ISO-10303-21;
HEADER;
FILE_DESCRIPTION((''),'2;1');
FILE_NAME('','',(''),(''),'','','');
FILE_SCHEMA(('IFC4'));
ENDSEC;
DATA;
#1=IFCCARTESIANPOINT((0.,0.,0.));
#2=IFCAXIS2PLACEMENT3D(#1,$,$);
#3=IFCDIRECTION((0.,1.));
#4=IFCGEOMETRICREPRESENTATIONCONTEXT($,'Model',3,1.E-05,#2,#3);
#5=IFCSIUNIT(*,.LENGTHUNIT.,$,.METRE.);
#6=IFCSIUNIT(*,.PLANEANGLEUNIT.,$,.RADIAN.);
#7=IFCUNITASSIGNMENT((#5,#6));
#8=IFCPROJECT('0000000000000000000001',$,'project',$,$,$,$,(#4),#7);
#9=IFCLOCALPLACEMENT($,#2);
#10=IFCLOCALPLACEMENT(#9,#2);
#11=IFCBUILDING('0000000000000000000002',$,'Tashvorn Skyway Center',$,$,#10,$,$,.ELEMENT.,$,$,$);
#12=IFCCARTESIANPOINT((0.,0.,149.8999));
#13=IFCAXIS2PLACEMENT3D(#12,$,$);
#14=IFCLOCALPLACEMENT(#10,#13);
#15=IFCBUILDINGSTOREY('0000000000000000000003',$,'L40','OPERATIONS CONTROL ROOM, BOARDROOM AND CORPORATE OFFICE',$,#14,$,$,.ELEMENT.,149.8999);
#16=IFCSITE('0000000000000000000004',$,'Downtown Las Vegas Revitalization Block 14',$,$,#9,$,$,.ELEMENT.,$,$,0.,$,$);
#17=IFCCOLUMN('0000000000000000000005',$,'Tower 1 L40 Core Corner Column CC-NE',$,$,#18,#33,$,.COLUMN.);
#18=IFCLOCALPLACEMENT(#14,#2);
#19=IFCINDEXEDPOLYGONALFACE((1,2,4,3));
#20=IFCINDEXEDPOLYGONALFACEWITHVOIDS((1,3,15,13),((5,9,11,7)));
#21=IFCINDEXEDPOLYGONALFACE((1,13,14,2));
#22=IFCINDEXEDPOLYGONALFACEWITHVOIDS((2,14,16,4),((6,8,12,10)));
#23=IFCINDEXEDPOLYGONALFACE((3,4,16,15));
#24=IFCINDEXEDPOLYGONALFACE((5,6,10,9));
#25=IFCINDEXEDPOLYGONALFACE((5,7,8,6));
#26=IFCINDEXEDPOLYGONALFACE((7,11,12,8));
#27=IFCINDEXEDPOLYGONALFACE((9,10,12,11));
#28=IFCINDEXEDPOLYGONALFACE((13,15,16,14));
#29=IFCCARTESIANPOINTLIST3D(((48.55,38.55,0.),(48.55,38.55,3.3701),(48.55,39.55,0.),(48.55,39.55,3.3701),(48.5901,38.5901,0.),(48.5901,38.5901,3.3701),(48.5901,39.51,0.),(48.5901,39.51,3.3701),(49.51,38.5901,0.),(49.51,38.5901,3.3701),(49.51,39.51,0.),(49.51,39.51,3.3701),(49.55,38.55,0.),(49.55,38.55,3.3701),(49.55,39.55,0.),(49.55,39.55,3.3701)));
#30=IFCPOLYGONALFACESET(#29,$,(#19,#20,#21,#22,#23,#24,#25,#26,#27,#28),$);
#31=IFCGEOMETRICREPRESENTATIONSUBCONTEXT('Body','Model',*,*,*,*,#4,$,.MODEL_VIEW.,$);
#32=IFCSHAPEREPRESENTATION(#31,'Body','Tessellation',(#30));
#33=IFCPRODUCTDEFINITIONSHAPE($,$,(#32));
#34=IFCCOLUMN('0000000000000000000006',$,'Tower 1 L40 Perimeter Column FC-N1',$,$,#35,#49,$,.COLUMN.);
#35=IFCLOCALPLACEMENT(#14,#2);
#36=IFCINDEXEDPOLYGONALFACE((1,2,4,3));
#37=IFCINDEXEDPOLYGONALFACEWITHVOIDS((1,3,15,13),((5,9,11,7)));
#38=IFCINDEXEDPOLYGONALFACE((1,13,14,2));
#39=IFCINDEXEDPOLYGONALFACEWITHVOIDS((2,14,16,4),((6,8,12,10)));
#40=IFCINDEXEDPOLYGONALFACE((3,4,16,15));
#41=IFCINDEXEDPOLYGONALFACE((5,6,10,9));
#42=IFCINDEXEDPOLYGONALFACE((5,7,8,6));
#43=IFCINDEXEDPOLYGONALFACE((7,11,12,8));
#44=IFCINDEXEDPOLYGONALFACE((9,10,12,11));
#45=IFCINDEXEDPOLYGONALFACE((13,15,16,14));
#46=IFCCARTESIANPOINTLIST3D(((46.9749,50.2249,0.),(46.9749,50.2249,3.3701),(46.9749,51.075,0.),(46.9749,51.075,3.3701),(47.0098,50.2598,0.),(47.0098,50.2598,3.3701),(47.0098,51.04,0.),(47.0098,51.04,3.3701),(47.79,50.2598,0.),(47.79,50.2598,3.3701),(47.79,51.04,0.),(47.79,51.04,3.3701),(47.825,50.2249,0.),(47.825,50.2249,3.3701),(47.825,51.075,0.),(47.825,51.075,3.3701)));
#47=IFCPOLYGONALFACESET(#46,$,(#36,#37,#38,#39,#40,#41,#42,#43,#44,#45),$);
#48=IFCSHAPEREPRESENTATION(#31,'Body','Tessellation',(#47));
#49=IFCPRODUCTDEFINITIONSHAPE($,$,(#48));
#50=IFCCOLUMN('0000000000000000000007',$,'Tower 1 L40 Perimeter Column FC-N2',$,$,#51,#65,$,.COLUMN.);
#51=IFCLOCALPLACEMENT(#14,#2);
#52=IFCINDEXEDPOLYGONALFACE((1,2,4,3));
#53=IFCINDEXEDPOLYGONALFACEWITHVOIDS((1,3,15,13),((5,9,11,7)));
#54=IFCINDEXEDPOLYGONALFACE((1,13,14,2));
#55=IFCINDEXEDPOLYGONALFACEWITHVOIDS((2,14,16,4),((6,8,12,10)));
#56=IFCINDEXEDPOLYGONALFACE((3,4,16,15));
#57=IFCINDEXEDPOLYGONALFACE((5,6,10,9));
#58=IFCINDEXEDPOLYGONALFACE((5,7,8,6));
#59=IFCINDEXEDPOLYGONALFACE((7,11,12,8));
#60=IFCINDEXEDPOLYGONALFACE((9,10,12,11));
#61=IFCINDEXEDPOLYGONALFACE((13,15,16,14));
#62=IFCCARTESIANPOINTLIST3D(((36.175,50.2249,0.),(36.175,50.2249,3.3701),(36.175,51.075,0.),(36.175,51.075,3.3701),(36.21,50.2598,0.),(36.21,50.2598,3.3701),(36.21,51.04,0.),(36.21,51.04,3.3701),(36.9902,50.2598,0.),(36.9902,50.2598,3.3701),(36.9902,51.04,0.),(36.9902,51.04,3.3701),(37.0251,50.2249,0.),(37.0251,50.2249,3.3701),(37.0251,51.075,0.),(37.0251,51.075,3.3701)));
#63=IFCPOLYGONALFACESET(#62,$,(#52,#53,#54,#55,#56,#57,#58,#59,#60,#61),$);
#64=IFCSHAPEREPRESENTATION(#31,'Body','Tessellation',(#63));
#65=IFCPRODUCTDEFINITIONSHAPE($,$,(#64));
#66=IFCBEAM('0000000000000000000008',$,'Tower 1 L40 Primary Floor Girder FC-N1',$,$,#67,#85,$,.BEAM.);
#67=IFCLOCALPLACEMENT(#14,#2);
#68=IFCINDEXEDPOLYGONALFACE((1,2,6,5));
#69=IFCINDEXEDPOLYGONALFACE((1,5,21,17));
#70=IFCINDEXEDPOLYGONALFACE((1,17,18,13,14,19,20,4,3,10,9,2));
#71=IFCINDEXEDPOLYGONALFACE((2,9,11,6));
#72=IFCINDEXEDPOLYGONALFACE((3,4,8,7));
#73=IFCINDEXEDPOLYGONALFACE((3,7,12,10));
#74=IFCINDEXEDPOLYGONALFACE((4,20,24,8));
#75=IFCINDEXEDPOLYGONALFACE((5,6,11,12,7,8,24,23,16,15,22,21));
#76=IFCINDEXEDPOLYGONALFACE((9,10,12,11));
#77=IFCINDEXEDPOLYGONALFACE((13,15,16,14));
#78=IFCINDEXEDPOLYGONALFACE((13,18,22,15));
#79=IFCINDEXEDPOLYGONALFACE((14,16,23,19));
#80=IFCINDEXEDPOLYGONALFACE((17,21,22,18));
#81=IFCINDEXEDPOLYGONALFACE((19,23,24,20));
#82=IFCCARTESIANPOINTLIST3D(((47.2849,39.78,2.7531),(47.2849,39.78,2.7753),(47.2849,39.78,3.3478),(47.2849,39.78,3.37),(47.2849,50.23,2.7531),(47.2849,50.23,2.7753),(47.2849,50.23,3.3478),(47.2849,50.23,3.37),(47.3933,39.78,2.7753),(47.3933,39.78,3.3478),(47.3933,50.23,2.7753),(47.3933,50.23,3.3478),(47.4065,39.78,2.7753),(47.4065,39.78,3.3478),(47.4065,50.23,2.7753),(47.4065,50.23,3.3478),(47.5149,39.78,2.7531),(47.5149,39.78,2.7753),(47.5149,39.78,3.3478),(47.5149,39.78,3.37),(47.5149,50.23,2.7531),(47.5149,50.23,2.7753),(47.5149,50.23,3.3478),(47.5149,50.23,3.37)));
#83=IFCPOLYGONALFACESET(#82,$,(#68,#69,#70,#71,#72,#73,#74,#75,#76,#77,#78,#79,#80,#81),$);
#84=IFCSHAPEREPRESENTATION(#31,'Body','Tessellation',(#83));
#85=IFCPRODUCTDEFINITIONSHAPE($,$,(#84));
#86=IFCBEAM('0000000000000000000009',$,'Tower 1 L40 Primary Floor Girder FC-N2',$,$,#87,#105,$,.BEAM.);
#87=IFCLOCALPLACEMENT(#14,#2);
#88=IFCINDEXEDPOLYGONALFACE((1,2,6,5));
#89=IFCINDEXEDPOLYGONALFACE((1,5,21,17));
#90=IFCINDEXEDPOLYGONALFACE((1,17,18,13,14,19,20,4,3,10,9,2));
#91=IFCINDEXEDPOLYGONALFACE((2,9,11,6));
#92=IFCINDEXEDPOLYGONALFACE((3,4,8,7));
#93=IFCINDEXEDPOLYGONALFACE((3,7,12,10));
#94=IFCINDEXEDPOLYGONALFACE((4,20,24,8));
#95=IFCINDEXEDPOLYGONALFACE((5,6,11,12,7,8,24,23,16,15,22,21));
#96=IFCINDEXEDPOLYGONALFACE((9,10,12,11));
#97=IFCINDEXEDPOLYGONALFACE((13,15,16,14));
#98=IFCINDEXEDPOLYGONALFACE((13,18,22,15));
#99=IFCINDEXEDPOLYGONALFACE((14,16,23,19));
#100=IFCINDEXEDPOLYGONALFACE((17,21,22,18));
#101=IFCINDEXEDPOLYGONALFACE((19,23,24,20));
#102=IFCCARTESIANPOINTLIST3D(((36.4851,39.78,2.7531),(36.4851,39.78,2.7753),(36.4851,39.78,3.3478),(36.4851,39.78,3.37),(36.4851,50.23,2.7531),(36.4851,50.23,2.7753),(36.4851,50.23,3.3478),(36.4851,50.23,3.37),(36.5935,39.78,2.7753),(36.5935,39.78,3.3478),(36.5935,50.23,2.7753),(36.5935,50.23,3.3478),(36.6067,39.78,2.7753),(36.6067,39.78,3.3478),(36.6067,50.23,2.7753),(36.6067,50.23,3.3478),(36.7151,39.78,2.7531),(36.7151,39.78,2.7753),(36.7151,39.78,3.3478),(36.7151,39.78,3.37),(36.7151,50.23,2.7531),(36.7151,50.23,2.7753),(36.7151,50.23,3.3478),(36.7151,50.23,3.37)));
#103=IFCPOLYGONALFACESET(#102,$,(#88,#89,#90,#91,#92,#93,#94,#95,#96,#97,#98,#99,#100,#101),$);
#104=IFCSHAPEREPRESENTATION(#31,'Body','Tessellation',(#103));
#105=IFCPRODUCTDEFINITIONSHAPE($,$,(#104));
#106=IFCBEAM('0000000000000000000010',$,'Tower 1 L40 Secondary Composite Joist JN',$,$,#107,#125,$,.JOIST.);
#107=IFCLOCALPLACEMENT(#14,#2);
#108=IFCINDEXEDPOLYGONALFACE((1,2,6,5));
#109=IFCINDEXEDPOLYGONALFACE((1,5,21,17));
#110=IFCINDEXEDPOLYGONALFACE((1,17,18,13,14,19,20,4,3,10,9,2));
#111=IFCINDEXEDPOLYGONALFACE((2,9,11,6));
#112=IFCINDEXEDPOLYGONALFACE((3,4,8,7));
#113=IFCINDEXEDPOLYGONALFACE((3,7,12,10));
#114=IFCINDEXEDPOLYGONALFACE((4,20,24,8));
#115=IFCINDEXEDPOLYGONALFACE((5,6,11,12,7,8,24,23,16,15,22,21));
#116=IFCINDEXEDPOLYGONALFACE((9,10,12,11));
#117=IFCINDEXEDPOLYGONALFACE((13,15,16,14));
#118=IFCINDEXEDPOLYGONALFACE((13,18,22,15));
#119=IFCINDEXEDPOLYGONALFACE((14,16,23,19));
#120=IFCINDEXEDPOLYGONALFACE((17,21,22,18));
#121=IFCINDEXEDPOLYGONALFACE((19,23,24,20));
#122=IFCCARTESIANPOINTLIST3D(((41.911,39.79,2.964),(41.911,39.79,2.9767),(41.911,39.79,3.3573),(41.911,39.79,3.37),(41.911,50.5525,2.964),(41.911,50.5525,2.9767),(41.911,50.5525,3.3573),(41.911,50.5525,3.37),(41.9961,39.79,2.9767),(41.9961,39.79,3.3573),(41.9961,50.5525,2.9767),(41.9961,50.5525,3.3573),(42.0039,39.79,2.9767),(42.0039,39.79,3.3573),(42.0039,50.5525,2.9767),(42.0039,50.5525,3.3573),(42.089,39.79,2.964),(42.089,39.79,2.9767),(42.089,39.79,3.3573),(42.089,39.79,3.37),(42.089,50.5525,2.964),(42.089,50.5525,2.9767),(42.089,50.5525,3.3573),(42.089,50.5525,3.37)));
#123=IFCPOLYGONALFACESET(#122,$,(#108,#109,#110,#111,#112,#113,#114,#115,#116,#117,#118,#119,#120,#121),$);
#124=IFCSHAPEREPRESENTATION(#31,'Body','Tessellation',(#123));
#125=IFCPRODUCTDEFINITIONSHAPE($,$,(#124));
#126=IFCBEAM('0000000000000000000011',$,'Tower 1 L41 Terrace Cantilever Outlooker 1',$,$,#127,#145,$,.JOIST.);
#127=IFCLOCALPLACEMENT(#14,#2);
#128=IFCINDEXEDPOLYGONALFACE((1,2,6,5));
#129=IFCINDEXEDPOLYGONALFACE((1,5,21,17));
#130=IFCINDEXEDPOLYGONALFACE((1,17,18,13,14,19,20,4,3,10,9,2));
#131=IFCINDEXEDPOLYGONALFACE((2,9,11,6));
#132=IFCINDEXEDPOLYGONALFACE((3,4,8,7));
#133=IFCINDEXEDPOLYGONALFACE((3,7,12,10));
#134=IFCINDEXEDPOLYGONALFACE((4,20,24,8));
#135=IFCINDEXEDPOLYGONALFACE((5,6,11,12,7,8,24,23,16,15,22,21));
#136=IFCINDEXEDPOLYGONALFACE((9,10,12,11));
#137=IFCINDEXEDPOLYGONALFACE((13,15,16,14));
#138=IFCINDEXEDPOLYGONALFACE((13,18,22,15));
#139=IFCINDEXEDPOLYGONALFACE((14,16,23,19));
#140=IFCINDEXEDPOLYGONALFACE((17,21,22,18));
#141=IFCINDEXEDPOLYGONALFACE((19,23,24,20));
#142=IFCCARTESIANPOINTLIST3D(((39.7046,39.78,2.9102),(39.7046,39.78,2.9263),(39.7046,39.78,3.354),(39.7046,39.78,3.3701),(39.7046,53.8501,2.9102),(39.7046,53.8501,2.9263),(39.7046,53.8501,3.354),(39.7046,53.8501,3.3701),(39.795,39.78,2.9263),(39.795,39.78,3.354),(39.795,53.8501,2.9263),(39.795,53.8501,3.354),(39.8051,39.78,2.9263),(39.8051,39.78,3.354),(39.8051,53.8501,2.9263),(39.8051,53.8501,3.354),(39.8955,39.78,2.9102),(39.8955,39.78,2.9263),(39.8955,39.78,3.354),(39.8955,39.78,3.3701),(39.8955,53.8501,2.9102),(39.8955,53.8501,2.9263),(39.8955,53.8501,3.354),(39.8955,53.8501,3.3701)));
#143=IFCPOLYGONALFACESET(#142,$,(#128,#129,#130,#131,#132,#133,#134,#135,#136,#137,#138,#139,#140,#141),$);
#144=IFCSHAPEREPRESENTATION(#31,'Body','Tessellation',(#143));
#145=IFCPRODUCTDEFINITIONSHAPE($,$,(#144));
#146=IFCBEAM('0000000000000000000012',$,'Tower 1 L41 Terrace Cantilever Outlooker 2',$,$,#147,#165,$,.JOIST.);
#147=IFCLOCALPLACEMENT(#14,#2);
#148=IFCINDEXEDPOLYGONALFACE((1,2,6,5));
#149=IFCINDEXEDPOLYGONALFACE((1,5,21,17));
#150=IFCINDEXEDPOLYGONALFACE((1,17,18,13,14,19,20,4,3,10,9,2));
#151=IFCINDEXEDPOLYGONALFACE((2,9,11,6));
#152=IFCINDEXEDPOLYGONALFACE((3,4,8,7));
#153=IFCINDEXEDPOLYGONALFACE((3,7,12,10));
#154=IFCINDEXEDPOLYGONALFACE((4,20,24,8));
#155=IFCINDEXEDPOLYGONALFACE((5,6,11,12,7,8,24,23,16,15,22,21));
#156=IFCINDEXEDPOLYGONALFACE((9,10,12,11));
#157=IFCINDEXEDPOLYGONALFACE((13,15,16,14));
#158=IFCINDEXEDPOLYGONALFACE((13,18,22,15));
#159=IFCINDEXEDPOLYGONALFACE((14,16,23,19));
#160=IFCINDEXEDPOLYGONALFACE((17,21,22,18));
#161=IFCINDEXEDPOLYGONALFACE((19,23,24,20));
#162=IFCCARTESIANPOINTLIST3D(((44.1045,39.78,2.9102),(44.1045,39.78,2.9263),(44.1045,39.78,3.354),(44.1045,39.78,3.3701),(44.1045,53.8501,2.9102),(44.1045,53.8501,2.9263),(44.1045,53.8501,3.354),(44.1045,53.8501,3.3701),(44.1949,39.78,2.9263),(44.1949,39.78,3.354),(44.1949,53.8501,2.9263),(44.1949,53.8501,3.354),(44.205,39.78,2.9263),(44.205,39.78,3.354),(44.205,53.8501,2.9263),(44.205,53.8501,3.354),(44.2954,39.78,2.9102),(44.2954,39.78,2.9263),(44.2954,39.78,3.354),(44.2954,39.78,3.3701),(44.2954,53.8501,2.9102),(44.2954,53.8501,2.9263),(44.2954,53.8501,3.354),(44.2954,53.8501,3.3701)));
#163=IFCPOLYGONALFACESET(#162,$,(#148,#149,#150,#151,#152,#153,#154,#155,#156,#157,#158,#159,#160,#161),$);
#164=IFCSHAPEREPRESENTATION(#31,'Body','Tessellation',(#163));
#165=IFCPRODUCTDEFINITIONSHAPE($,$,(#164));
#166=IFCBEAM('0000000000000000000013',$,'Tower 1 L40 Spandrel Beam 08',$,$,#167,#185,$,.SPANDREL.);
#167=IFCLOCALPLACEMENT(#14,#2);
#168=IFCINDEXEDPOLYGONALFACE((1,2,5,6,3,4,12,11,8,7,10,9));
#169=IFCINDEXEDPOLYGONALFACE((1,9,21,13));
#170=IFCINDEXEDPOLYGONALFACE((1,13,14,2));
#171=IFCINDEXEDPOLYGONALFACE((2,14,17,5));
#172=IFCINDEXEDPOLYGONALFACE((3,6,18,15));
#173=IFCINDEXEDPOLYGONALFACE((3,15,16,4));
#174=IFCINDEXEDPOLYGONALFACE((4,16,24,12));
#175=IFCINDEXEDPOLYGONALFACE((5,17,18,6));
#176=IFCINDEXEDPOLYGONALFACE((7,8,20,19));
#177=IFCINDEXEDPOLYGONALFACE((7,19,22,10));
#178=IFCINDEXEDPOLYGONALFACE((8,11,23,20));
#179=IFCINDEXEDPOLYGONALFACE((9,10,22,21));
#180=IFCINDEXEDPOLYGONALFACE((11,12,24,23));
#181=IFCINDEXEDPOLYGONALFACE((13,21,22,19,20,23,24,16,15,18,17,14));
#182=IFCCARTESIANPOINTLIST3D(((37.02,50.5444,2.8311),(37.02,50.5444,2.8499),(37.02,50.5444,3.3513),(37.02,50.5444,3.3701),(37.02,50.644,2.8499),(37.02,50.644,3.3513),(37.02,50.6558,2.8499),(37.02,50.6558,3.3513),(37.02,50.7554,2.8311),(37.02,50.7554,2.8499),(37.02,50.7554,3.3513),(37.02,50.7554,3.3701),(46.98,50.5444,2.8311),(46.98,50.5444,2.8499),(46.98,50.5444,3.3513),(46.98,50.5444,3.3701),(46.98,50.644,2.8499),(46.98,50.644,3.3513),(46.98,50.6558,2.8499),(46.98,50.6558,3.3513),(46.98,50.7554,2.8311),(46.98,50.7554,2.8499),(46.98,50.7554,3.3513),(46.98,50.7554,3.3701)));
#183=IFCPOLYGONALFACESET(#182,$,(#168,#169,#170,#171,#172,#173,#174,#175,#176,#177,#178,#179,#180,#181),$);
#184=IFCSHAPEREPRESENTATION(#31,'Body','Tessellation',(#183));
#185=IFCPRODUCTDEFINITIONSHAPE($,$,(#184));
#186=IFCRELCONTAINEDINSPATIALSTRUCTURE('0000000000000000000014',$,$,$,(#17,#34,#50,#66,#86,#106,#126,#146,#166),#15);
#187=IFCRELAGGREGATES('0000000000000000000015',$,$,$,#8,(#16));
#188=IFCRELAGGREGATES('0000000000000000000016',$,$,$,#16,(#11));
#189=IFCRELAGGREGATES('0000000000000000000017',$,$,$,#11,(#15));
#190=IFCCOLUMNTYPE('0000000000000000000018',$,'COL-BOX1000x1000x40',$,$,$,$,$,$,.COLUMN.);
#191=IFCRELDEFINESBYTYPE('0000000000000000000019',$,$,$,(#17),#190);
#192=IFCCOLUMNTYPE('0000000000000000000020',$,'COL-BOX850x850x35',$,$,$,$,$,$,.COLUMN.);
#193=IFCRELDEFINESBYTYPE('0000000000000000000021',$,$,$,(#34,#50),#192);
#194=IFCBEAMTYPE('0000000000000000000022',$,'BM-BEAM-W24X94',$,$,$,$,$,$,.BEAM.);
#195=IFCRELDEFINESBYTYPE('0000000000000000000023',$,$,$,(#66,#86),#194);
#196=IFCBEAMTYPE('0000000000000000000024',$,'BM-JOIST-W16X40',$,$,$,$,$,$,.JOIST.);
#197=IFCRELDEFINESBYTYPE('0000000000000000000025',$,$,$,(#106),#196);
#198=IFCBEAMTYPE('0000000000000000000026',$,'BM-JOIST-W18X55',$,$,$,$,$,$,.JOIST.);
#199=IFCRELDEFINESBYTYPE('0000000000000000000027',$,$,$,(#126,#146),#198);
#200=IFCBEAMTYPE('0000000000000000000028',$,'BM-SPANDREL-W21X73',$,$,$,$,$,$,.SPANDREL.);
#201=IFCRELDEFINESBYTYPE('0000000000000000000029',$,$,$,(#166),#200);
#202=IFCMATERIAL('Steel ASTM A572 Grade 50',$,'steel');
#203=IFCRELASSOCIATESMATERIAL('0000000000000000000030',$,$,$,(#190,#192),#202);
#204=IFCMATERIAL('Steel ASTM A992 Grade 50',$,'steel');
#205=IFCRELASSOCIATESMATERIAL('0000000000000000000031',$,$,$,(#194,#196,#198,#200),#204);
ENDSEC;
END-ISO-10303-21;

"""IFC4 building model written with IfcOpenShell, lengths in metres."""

from ifc_helpers import new_model, si_unit, direction, frame, origin, origin_2d, place, context, subcontext, project, spatial, hollow_rectangle, i_section, extrude, material, material_profile, profile_set, type_object, element, save


model = new_model("IFC4")

# Units and contexts
model_context = context("Model", 3, precision=1e-05, world=origin(), true_north=direction((0.0, 1.0)))
body_context = subcontext(model_context, "Body", "Model", "MODEL_VIEW")
ifc_project = project(units=[si_unit("LENGTHUNIT", "METRE"), si_unit("PLANEANGLEUNIT", "RADIAN")], contexts=[model_context])

# Site, building, storey
site_placement = place(None, origin())
site = spatial("IfcSite", under=ifc_project, at=site_placement, Name="Downtown Las Vegas Revitalization Block 14", CompositionType="ELEMENT", RefElevation=0.0)
building_placement = place(site_placement, origin())
building = spatial("IfcBuilding", under=site, at=building_placement, Name="Tashvorn Skyway Center", CompositionType="ELEMENT")
storey_placement = place(building_placement, frame((0.0, 0.0, 149.8999)))
storey = spatial("IfcBuildingStorey", under=building, at=storey_placement, Name="L40", Description="OPERATIONS CONTROL ROOM, BOARDROOM AND CORPORATE OFFICE", CompositionType="ELEMENT", Elevation=149.8999)

# Columns
ifc_material_1 = material(Name="Steel ASTM A572 Grade 50", Category="steel")
ifc_material_profile_1 = material_profile(ifc_material_1, hollow_rectangle(XDim=1.0, YDim=1.0, WallThickness=0.04, at=origin_2d()), Name="BOX1000x1000x40")
ifc_profile_set_1 = profile_set([ifc_material_profile_1], Name="Steel ASTM A572 Grade 50")
column_type_1 = type_object("IfcColumnType", Name="COL-BOX1000x1000x40", PredefinedType="COLUMN", material=ifc_profile_set_1)
column_placement = place(storey_placement, frame((49.05, 39.05, 0.0), z_axis=(0.0, 0.0, 1.0), x_axis=(1.0, 0.0, 0.0)))
element("IfcColumn", 1, at=column_placement, inside=storey, type_object=column_type_1, Name="Tower 1 L40 Core Corner Column CC-NE", PredefinedType="COLUMN", context=body_context, shape_type="SweptSolid", body=[
    extrude(hollow_rectangle(XDim=1.0, YDim=1.0, WallThickness=0.04, at=origin_2d()), origin(), (0.0, 0.0, 1.0), 3.3701),
])
ifc_material_profile_2 = material_profile(ifc_material_1, hollow_rectangle(XDim=0.8501, YDim=0.8501, WallThickness=0.0349, at=origin_2d()), Name="BOX850x850x35")
ifc_profile_set_2 = profile_set([ifc_material_profile_2], Name="Steel ASTM A572 Grade 50")
column_type_2 = type_object("IfcColumnType", Name="COL-BOX850x850x35", PredefinedType="COLUMN", material=ifc_profile_set_2)
for number, where, z_axis, x_axis, name in (
    (2, (47.3999, 50.6499, 0.0), (0.0, 0.0, 1.0), (1.0, 0.0, 0.0), "Tower 1 L40 Perimeter Column FC-N1"),
    (3, (36.6001, 50.6499, 0.0), (0.0, 0.0, 1.0), (1.0, 0.0, 0.0), "Tower 1 L40 Perimeter Column FC-N2"),
):
    element("IfcColumn", number, at=place(storey_placement, frame(where, z_axis=z_axis, x_axis=x_axis)), inside=storey, type_object=column_type_2, Name=name, PredefinedType="COLUMN", context=body_context, shape_type="SweptSolid", body=[
        extrude(hollow_rectangle(XDim=0.8501, YDim=0.8501, WallThickness=0.0349, at=origin_2d()), origin(), (0.0, 0.0, 1.0), 3.3701),
    ])

# Beams
ifc_material_2 = material(Name="Steel ASTM A992 Grade 50", Category="steel")
ifc_material_profile_3 = material_profile(ifc_material_2, i_section(OverallWidth=0.23, OverallDepth=0.6169, WebThickness=0.0132, FlangeThickness=0.0222, at=origin_2d()), Name="W24X94")
ifc_profile_set_3 = profile_set([ifc_material_profile_3], Name="Steel ASTM A992 Grade 50")
beam_type_1 = type_object("IfcBeamType", Name="BM-BEAM-W24X94", PredefinedType="BEAM", material=ifc_profile_set_3)
for number, where, z_axis, x_axis, name in (
    (4, (47.3999, 50.23, 3.0615), (0.0, -1.0, 0.0), (1.0, 0.0, 0.0), "Tower 1 L40 Primary Floor Girder FC-N1"),
    (5, (36.6001, 50.23, 3.0615), (0.0, -1.0, 0.0), (1.0, 0.0, 0.0), "Tower 1 L40 Primary Floor Girder FC-N2"),
):
    element("IfcBeam", number, at=place(storey_placement, frame(where, z_axis=z_axis, x_axis=x_axis)), inside=storey, type_object=beam_type_1, Name=name, PredefinedType="BEAM", context=body_context, shape_type="SweptSolid", body=[
        extrude(i_section(OverallWidth=0.23, OverallDepth=0.6169, WebThickness=0.0132, FlangeThickness=0.0222, at=origin_2d()), origin(), (0.0, 0.0, 1.0), 10.45),
    ])
ifc_material_profile_4 = material_profile(ifc_material_2, i_section(OverallWidth=0.178, OverallDepth=0.406, WebThickness=0.0078, FlangeThickness=0.0127, at=origin_2d()), Name="W16X40")
ifc_profile_set_4 = profile_set([ifc_material_profile_4], Name="Steel ASTM A992 Grade 50")
beam_type_2 = type_object("IfcBeamType", Name="BM-JOIST-W16X40", PredefinedType="JOIST", material=ifc_profile_set_4)
beam_1_placement = place(storey_placement, frame((42.0, 39.79, 3.167), z_axis=(0.0, 1.0, 0.0), x_axis=(-1.0, 0.0, 0.0)))
element("IfcBeam", 6, at=beam_1_placement, inside=storey, type_object=beam_type_2, Name="Tower 1 L40 Secondary Composite Joist JN", PredefinedType="JOIST", context=body_context, shape_type="SweptSolid", body=[
    extrude(i_section(OverallWidth=0.178, OverallDepth=0.406, WebThickness=0.0078, FlangeThickness=0.0127, at=origin_2d()), origin(), (0.0, 0.0, 1.0), 10.7625),
])
ifc_material_profile_5 = material_profile(ifc_material_2, i_section(OverallWidth=0.1909, OverallDepth=0.46, WebThickness=0.01, FlangeThickness=0.0161, at=origin_2d()), Name="W18X55")
ifc_profile_set_5 = profile_set([ifc_material_profile_5], Name="Steel ASTM A992 Grade 50")
beam_type_3 = type_object("IfcBeamType", Name="BM-JOIST-W18X55", PredefinedType="JOIST", material=ifc_profile_set_5)
for number, where, z_axis, x_axis, name in (
    (7, (39.8, 39.78, 3.1401), (0.0, 1.0, 0.0), (-1.0, 0.0, 0.0), "Tower 1 L41 Terrace Cantilever Outlooker 1"),
    (8, (44.2, 39.78, 3.1401), (0.0, 1.0, 0.0), (-1.0, 0.0, 0.0), "Tower 1 L41 Terrace Cantilever Outlooker 2"),
):
    element("IfcBeam", number, at=place(storey_placement, frame(where, z_axis=z_axis, x_axis=x_axis)), inside=storey, type_object=beam_type_3, Name=name, PredefinedType="JOIST", context=body_context, shape_type="SweptSolid", body=[
        extrude(i_section(OverallWidth=0.1909, OverallDepth=0.46, WebThickness=0.01, FlangeThickness=0.0161, at=origin_2d()), origin(), (0.0, 0.0, 1.0), 14.0701),
    ])
ifc_material_profile_6 = material_profile(ifc_material_2, i_section(OverallWidth=0.2109, OverallDepth=0.5391, WebThickness=0.0117, FlangeThickness=0.0188, at=origin_2d()), Name="W21X73")
ifc_profile_set_6 = profile_set([ifc_material_profile_6], Name="Steel ASTM A992 Grade 50")
beam_type_4 = type_object("IfcBeamType", Name="BM-SPANDREL-W21X73", PredefinedType="SPANDREL", material=ifc_profile_set_6)
beam_2_placement = place(storey_placement, frame((46.98, 50.6499, 3.1006), z_axis=(-1.0, 0.0, 0.0), x_axis=(0.0, -1.0, 0.0)))
element("IfcBeam", 9, at=beam_2_placement, inside=storey, type_object=beam_type_4, Name="Tower 1 L40 Spandrel Beam 08", PredefinedType="SPANDREL", context=body_context, shape_type="SweptSolid", body=[
    extrude(i_section(OverallWidth=0.2109, OverallDepth=0.5391, WebThickness=0.0117, FlangeThickness=0.0188, at=origin_2d()), origin(), (0.0, 0.0, 1.0), 9.96),
])

save(model, "model.ifc")
